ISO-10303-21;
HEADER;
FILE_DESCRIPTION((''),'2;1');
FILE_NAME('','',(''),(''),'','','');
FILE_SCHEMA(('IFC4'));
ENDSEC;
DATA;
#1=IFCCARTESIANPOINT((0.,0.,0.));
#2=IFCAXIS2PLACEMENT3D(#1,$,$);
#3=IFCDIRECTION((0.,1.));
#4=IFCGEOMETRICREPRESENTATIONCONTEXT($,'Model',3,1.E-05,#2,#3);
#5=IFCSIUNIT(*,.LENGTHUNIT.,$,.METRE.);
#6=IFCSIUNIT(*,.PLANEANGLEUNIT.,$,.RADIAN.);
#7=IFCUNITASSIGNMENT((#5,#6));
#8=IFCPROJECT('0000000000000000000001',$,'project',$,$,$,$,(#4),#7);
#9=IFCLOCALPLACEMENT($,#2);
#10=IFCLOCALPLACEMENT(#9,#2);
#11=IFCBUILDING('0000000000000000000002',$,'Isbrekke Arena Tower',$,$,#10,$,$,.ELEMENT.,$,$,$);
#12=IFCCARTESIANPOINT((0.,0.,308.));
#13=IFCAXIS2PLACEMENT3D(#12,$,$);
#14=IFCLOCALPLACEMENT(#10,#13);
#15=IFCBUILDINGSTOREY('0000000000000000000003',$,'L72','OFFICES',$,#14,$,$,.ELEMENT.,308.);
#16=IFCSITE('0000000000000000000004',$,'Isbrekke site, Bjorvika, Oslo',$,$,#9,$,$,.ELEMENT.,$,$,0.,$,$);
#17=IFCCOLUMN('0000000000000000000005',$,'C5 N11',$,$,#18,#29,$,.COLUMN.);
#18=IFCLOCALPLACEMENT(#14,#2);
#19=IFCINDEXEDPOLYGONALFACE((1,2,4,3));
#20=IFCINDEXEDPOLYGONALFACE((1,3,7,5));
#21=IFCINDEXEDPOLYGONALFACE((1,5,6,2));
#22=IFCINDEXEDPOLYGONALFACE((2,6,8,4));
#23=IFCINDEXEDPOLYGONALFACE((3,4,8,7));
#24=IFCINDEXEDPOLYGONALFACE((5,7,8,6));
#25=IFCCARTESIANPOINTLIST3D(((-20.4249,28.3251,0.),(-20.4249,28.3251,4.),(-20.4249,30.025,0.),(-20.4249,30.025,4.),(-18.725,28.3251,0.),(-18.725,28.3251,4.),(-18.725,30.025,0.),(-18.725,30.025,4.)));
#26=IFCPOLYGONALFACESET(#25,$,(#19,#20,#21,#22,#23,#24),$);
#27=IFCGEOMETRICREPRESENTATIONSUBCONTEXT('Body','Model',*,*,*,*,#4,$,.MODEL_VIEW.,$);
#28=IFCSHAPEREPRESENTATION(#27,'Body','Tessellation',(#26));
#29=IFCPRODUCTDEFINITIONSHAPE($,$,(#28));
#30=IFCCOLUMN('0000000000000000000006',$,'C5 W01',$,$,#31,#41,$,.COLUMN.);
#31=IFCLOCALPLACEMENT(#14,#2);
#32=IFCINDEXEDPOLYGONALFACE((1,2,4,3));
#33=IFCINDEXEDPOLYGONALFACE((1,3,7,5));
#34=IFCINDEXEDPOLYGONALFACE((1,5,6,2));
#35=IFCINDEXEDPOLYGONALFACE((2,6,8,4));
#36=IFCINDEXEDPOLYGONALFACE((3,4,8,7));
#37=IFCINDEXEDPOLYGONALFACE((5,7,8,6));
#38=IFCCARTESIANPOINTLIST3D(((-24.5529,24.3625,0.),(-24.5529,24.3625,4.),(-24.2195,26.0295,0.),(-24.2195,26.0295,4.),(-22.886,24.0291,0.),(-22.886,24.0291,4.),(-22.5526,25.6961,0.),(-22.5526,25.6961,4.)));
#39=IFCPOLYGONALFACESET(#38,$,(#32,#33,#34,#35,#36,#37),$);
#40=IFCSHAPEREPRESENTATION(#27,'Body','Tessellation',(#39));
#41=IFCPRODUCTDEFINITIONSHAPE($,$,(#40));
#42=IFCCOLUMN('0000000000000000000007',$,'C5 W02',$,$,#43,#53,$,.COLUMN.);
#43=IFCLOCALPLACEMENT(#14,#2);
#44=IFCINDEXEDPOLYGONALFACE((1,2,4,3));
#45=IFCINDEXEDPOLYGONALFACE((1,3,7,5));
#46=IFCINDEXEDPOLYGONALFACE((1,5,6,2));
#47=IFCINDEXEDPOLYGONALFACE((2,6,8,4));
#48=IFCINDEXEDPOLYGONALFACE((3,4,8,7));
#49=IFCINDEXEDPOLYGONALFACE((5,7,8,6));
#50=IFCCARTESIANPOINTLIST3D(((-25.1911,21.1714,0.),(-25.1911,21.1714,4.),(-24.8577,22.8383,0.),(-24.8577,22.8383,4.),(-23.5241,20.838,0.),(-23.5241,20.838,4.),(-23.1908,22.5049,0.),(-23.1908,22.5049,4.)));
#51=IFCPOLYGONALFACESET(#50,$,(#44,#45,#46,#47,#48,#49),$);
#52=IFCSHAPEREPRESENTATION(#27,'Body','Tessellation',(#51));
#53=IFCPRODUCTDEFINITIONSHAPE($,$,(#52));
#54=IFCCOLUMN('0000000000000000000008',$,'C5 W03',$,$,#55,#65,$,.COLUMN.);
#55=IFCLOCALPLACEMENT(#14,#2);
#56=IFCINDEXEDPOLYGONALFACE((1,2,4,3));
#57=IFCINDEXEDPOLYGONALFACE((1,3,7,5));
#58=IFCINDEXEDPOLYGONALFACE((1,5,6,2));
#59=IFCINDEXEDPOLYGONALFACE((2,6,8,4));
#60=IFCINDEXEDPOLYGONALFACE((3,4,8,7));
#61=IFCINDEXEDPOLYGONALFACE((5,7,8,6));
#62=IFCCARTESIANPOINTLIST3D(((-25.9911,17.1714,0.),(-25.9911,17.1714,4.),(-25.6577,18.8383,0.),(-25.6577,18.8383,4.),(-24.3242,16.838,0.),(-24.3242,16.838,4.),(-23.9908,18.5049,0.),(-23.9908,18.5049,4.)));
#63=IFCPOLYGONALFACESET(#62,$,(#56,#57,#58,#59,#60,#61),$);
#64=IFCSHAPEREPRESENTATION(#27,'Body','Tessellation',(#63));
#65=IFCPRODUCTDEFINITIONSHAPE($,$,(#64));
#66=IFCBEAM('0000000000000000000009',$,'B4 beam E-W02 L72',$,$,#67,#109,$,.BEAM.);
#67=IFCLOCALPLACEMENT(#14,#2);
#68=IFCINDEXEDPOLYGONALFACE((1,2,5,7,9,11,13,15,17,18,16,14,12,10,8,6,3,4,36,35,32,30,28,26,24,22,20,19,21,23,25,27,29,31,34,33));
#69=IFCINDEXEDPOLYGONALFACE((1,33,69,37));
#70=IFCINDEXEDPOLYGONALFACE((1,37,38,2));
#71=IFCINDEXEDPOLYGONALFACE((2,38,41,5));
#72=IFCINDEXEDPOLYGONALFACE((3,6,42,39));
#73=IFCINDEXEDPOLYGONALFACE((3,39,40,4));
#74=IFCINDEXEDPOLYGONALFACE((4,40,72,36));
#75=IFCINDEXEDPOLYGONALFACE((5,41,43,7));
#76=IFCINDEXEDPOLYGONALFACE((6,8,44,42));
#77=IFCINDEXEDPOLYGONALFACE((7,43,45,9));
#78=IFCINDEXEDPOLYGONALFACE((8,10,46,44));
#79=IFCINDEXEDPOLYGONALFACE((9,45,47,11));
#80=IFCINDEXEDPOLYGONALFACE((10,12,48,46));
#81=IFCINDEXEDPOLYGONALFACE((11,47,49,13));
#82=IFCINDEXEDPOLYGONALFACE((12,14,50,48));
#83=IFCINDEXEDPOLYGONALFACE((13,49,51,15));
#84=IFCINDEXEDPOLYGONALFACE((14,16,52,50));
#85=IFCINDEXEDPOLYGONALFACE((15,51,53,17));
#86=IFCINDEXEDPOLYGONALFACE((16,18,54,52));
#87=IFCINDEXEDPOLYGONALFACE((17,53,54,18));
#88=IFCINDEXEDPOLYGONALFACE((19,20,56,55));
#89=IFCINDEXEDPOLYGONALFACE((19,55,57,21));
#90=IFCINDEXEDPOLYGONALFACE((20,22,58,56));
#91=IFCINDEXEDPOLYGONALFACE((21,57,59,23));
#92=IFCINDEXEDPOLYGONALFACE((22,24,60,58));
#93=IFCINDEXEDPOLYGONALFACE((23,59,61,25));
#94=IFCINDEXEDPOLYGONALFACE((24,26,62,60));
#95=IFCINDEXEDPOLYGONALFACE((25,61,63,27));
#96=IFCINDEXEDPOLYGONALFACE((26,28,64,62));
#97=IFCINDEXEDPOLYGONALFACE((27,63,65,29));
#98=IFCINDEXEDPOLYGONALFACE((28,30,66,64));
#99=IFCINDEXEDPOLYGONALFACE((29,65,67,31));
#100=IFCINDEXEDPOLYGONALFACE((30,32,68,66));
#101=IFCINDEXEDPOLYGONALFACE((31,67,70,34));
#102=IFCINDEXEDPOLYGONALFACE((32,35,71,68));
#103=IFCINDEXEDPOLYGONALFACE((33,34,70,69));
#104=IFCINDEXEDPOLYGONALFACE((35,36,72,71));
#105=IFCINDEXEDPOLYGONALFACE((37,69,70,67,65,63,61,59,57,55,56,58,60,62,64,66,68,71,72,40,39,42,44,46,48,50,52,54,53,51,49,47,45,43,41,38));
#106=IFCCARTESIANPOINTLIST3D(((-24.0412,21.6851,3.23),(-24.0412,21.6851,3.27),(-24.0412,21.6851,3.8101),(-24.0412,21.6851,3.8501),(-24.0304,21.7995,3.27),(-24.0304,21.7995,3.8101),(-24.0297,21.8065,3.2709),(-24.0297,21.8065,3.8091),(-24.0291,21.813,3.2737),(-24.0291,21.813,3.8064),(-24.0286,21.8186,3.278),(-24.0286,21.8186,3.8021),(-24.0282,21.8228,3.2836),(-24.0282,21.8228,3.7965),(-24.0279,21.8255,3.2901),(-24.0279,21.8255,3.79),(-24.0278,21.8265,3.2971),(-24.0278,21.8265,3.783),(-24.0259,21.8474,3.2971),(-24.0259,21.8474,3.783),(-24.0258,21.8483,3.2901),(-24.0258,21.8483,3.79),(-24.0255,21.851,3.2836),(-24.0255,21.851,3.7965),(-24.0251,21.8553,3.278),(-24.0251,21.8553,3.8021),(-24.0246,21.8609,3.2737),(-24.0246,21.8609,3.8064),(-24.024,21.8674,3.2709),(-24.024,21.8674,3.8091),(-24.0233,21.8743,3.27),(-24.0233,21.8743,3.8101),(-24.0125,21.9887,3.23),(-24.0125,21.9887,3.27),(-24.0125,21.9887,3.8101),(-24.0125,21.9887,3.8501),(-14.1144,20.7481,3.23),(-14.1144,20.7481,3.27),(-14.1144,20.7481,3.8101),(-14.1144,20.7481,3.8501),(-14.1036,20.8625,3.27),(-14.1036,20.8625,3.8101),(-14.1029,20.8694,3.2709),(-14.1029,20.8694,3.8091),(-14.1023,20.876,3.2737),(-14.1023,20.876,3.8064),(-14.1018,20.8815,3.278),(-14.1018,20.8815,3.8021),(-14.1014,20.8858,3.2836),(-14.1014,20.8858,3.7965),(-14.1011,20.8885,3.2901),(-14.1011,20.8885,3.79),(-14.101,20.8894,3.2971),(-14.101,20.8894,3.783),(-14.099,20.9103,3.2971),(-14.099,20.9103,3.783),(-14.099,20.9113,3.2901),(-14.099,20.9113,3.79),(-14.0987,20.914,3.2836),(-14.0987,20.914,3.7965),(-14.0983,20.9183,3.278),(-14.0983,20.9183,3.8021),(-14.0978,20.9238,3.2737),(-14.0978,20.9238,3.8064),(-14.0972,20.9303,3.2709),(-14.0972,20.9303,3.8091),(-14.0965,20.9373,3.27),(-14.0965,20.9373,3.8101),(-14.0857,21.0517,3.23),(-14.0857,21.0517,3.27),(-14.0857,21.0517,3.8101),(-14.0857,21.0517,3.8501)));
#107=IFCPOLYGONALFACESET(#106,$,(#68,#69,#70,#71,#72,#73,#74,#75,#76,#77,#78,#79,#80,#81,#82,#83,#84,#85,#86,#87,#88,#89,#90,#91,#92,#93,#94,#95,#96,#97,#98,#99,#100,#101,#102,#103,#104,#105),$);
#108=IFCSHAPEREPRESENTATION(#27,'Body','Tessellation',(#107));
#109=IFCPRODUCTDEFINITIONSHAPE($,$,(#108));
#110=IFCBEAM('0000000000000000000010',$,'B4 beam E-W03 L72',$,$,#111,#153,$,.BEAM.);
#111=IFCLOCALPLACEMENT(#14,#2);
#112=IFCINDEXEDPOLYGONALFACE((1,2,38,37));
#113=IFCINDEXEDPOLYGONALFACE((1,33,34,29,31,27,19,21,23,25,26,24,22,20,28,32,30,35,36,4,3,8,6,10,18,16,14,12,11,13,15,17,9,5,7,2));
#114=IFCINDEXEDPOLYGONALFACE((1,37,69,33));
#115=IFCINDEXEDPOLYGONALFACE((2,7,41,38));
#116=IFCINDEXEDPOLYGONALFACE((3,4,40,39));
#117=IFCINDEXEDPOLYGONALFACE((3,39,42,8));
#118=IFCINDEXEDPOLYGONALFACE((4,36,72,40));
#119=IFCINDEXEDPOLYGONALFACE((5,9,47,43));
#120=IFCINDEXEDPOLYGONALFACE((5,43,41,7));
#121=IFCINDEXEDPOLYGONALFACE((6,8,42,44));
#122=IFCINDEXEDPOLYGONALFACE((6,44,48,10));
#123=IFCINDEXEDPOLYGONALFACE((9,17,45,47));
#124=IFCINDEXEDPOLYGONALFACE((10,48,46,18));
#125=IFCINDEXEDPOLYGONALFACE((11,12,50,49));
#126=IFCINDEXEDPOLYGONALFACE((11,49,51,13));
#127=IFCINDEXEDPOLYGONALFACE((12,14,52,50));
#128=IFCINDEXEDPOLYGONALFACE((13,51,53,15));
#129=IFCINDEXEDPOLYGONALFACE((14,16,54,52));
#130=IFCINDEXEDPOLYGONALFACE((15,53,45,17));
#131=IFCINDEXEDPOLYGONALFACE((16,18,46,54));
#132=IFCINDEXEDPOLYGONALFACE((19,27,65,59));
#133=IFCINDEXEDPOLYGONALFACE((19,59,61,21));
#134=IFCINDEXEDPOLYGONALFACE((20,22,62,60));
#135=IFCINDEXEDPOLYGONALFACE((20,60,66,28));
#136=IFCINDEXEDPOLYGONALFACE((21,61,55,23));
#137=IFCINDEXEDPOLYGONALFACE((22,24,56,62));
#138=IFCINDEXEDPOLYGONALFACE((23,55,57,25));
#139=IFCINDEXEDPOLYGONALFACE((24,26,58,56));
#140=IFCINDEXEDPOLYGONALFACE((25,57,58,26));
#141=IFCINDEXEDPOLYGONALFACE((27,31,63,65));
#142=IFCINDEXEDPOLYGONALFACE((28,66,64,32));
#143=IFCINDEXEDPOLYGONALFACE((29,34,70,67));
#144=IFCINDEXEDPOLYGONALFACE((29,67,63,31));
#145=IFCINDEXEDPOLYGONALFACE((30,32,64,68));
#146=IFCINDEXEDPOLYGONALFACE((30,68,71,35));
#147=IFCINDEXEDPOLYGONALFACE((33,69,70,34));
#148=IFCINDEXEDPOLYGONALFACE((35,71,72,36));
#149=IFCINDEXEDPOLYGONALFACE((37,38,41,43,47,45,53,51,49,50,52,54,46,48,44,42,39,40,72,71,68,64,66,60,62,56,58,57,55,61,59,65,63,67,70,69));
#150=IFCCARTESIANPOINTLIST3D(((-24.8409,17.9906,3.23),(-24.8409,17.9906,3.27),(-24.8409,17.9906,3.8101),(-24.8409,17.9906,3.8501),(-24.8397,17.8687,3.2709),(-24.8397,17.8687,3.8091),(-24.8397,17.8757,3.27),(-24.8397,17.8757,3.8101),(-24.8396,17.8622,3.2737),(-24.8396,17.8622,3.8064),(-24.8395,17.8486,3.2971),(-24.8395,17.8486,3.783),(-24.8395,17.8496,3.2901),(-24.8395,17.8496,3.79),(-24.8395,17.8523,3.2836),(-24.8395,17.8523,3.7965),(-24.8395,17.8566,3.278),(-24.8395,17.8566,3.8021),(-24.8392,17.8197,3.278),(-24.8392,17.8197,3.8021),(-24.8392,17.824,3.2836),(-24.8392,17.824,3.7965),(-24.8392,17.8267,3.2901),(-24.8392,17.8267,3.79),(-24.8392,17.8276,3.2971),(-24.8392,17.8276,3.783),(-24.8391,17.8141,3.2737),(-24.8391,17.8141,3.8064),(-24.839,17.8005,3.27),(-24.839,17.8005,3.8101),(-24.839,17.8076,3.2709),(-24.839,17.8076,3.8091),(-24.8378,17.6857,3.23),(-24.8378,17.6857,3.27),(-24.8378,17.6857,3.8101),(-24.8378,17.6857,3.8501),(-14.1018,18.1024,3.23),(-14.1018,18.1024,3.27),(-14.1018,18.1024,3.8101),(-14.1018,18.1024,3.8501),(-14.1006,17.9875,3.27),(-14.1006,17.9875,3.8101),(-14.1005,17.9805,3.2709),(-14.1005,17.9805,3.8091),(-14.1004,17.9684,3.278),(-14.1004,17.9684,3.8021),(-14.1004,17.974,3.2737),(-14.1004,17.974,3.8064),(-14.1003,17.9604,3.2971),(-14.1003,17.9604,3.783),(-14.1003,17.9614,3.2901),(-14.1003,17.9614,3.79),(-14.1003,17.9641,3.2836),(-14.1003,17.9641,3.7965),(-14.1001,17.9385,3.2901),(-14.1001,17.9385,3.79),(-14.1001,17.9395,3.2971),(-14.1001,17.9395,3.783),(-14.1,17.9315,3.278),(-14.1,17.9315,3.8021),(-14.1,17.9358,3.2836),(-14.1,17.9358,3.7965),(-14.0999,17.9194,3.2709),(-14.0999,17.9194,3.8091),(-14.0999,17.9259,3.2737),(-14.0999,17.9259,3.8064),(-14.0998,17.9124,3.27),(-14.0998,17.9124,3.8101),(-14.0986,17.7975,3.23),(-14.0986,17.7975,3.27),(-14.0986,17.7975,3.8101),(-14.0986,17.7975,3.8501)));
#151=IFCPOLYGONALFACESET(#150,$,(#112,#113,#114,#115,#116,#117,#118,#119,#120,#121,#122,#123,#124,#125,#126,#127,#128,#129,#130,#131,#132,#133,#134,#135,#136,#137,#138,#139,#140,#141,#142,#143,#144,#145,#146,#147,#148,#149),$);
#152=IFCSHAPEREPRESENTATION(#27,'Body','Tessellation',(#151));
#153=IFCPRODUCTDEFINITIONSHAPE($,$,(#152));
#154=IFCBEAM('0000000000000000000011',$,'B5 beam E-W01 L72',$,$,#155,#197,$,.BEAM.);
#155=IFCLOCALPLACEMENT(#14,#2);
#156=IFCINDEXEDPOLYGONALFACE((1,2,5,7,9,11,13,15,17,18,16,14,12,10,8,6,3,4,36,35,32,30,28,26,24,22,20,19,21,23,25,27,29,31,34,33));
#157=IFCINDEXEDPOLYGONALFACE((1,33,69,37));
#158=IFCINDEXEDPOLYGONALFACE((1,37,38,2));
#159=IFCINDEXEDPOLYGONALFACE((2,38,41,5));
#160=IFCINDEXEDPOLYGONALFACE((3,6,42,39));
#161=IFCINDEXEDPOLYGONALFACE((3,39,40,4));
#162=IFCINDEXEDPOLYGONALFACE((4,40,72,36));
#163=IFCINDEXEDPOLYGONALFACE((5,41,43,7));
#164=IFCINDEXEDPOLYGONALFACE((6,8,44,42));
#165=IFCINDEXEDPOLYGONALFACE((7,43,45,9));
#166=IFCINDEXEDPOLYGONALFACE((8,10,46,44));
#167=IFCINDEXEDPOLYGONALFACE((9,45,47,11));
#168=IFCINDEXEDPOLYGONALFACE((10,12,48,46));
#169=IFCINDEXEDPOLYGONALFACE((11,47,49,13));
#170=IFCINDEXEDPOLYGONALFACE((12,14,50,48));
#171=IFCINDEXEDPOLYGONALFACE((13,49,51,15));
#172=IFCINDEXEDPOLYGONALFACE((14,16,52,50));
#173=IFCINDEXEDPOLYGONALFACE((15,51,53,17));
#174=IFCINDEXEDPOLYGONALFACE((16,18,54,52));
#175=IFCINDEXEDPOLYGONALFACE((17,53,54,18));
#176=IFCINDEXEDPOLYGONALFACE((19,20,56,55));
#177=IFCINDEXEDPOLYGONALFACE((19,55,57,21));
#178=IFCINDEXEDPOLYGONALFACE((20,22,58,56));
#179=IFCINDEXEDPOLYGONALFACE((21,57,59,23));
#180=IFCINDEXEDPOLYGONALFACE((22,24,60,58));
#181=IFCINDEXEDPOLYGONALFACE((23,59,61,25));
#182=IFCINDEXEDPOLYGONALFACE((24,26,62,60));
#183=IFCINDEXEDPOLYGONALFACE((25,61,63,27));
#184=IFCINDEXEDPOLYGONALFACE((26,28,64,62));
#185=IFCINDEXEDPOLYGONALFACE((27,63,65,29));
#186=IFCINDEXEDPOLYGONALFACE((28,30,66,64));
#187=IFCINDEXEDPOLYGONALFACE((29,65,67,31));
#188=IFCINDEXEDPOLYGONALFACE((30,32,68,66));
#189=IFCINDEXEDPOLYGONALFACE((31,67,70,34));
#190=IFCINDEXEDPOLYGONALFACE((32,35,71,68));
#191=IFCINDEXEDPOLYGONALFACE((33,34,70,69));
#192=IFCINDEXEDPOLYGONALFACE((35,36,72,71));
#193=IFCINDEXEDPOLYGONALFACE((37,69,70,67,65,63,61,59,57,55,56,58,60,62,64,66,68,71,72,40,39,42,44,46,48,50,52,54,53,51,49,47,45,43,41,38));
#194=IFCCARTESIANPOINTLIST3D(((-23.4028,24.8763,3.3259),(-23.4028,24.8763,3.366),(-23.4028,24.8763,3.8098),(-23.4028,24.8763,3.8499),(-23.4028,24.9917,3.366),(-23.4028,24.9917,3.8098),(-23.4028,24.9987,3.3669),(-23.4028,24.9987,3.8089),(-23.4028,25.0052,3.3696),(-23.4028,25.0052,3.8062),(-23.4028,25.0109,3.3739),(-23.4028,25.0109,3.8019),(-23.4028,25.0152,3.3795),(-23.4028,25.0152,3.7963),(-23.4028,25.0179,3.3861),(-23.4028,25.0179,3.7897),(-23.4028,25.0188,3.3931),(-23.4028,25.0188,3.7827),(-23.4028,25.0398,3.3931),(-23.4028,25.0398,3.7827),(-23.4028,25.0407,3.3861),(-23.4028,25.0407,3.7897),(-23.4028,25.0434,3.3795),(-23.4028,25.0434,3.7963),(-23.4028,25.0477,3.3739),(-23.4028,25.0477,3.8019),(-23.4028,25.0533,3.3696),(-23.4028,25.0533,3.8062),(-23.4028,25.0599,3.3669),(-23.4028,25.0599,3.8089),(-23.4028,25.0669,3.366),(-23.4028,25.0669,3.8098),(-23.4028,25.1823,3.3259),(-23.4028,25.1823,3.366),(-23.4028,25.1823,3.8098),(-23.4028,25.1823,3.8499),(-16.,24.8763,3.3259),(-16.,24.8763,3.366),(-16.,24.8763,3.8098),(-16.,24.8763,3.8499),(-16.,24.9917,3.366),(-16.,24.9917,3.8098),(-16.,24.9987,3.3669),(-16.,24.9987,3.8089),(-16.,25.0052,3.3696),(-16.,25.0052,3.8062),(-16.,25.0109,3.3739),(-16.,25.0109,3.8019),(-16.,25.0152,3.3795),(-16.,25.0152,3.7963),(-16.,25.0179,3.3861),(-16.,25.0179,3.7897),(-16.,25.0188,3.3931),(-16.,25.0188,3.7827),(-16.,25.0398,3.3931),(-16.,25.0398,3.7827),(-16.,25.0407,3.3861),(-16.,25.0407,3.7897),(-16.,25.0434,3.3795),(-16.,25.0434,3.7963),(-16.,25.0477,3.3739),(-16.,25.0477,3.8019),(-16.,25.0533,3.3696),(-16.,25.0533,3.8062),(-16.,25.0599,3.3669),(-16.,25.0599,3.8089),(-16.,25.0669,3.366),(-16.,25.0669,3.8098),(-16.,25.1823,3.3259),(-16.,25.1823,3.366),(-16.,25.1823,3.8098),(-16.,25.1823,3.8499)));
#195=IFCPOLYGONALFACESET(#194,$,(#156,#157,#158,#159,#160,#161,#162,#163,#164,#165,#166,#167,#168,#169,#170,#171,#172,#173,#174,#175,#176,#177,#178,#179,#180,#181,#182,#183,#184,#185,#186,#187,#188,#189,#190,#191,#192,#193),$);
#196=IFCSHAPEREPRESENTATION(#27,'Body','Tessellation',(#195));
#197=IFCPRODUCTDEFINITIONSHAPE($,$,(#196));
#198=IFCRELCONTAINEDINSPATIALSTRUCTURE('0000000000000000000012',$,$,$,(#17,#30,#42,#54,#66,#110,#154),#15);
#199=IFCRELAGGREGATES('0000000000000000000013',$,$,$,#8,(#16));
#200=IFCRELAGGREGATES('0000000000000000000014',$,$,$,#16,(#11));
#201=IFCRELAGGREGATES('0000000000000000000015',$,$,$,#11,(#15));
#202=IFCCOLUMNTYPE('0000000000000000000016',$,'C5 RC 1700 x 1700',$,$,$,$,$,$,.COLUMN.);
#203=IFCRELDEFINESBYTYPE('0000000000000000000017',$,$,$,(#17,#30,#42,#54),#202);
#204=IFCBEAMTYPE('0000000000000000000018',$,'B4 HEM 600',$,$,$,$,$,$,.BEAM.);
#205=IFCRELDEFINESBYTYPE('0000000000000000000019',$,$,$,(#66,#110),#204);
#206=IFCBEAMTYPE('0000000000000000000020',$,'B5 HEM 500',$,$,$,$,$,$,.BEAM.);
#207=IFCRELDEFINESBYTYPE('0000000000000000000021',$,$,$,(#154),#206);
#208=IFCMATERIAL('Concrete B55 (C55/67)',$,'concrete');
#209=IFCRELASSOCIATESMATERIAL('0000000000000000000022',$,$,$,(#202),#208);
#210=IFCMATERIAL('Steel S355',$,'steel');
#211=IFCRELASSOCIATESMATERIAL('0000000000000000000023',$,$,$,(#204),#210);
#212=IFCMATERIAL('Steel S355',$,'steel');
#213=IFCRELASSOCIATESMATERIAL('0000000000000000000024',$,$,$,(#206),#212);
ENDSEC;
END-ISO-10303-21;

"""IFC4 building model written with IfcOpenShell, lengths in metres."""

from ifc_helpers import new_model, si_unit, direction, frame, origin, origin_2d, place, context, subcontext, project, spatial, rectangle, i_section, extrude, material, material_profile, profile_set, type_object, element, save


model = new_model("IFC4")

# Units and contexts
model_context = context("Model", 3, precision=1e-05, world=origin(), true_north=direction((0.0, 1.0)))
body_context = subcontext(model_context, "Body", "Model", "MODEL_VIEW")
ifc_project = project(units=[si_unit("LENGTHUNIT", "METRE"), si_unit("PLANEANGLEUNIT", "RADIAN")], contexts=[model_context])

# Site, building, storey
site_placement = place(None, origin())
site = spatial("IfcSite", under=ifc_project, at=site_placement, Name="Isbrekke site, Bjorvika, Oslo", CompositionType="ELEMENT", RefElevation=0.0)
building_placement = place(site_placement, origin())
building = spatial("IfcBuilding", under=site, at=building_placement, Name="Isbrekke Arena Tower", CompositionType="ELEMENT")
storey_placement = place(building_placement, frame((0.0, 0.0, 308.0)))
storey = spatial("IfcBuildingStorey", under=building, at=storey_placement, Name="L72", Description="OFFICES", CompositionType="ELEMENT", Elevation=308.0)

# Columns
ifc_material_1 = material(Name="Concrete B55 (C55/67)", Category="concrete")
ifc_material_profile_1 = material_profile(ifc_material_1, rectangle(XDim=1.7, YDim=1.7, at=origin_2d()), Name="RC 1700x1700")
ifc_profile_set_1 = profile_set([ifc_material_profile_1], Name="Concrete B55 (C55/67)")
column_type = type_object("IfcColumnType", Name="C5 RC 1700 x 1700", PredefinedType="COLUMN", material=ifc_profile_set_1)
for number, where, z_axis, x_axis, name in (
    (1, (-19.575, 29.175, 0.0), (0.0, 0.0, 1.0), (-1.0, 0.0, 0.0), "C5 N11"),
    (2, (-23.5527, 25.0293, 0.0), (0.0, 0.0, 1.0), (-0.196116, -0.980581, 0.0), "C5 W01"),
    (3, (-24.1909, 21.8381, 0.0), (0.0, 0.0, 1.0), (-0.196116, -0.980581, 0.0), "C5 W02"),
    (4, (-24.991, 17.8381, 0.0), (0.0, 0.0, 1.0), (-0.196116, -0.980581, 0.0), "C5 W03"),
):
    element("IfcColumn", number, at=place(storey_placement, frame(where, z_axis=z_axis, x_axis=x_axis)), inside=storey, type_object=column_type, Name=name, PredefinedType="COLUMN", context=body_context, shape_type="SweptSolid", body=[
        extrude(rectangle(XDim=1.7, YDim=1.7, at=origin_2d()), origin(), (0.0, 0.0, 1.0), 4.0),
    ])

# Beams
ifc_material_2 = material(Name="Steel S355", Category="steel")
ifc_material_profile_2 = material_profile(ifc_material_2, i_section(OverallWidth=0.3049, OverallDepth=0.6201, WebThickness=0.021, FlangeThickness=0.04, FilletRadius=0.0271, at=origin_2d()), Name="HEM 600")
ifc_profile_set_2 = profile_set([ifc_material_profile_2], Name="Steel S355")
beam_type_1 = type_object("IfcBeamType", Name="B4 HEM 600", PredefinedType="BEAM", material=ifc_profile_set_2)
beam_1_placement = place(storey_placement, frame((-24.0269, 21.8369, 3.54), z_axis=(0.995575, -0.093975, 0.0), x_axis=(0.093975, 0.995575, 0.0)))
element("IfcBeam", 5, at=beam_1_placement, inside=storey, type_object=beam_type_1, Name="B4 beam E-W02 L72", PredefinedType="BEAM", context=body_context, shape_type="SweptSolid", body=[
    extrude(i_section(OverallWidth=0.3049, OverallDepth=0.6201, WebThickness=0.021, FlangeThickness=0.04, FilletRadius=0.0271, at=origin_2d()), origin(), (0.0, 0.0, 1.0), 9.9709),
])
beam_2_placement = place(storey_placement, frame((-24.8394, 17.8381, 3.54), z_axis=(0.999946, 0.010411, 0.0), x_axis=(-0.010411, 0.999946, 0.0)))
element("IfcBeam", 6, at=beam_2_placement, inside=storey, type_object=beam_type_1, Name="B4 beam E-W03 L72", PredefinedType="BEAM", context=body_context, shape_type="SweptSolid", body=[
    extrude(i_section(OverallWidth=0.3049, OverallDepth=0.6201, WebThickness=0.021, FlangeThickness=0.04, FilletRadius=0.0271, at=origin_2d()), origin(), (0.0, 0.0, 1.0), 10.7397),
])
ifc_material_3 = material(Name="Steel S355", Category="steel")
ifc_material_profile_3 = material_profile(ifc_material_3, i_section(OverallWidth=0.3059, OverallDepth=0.5239, WebThickness=0.021, FlangeThickness=0.04, FilletRadius=0.0271, at=origin_2d()), Name="HEM 500")
ifc_profile_set_3 = profile_set([ifc_material_profile_3], Name="Steel S355")
beam_type_2 = type_object("IfcBeamType", Name="B5 HEM 500", PredefinedType="BEAM", material=ifc_profile_set_3)
beam_3_placement = place(storey_placement, frame((-23.4028, 25.0293, 3.5879), z_axis=(1.0, 0.0, 0.0), x_axis=(0.0, 1.0, 0.0)))
element("IfcBeam", 7, at=beam_3_placement, inside=storey, type_object=beam_type_2, Name="B5 beam E-W01 L72", PredefinedType="BEAM", context=body_context, shape_type="SweptSolid", body=[
    extrude(i_section(OverallWidth=0.3059, OverallDepth=0.5239, WebThickness=0.021, FlangeThickness=0.04, FilletRadius=0.0271, at=origin_2d()), origin(), (0.0, 0.0, 1.0), 7.4028),
])

save(model, "model.ifc")
